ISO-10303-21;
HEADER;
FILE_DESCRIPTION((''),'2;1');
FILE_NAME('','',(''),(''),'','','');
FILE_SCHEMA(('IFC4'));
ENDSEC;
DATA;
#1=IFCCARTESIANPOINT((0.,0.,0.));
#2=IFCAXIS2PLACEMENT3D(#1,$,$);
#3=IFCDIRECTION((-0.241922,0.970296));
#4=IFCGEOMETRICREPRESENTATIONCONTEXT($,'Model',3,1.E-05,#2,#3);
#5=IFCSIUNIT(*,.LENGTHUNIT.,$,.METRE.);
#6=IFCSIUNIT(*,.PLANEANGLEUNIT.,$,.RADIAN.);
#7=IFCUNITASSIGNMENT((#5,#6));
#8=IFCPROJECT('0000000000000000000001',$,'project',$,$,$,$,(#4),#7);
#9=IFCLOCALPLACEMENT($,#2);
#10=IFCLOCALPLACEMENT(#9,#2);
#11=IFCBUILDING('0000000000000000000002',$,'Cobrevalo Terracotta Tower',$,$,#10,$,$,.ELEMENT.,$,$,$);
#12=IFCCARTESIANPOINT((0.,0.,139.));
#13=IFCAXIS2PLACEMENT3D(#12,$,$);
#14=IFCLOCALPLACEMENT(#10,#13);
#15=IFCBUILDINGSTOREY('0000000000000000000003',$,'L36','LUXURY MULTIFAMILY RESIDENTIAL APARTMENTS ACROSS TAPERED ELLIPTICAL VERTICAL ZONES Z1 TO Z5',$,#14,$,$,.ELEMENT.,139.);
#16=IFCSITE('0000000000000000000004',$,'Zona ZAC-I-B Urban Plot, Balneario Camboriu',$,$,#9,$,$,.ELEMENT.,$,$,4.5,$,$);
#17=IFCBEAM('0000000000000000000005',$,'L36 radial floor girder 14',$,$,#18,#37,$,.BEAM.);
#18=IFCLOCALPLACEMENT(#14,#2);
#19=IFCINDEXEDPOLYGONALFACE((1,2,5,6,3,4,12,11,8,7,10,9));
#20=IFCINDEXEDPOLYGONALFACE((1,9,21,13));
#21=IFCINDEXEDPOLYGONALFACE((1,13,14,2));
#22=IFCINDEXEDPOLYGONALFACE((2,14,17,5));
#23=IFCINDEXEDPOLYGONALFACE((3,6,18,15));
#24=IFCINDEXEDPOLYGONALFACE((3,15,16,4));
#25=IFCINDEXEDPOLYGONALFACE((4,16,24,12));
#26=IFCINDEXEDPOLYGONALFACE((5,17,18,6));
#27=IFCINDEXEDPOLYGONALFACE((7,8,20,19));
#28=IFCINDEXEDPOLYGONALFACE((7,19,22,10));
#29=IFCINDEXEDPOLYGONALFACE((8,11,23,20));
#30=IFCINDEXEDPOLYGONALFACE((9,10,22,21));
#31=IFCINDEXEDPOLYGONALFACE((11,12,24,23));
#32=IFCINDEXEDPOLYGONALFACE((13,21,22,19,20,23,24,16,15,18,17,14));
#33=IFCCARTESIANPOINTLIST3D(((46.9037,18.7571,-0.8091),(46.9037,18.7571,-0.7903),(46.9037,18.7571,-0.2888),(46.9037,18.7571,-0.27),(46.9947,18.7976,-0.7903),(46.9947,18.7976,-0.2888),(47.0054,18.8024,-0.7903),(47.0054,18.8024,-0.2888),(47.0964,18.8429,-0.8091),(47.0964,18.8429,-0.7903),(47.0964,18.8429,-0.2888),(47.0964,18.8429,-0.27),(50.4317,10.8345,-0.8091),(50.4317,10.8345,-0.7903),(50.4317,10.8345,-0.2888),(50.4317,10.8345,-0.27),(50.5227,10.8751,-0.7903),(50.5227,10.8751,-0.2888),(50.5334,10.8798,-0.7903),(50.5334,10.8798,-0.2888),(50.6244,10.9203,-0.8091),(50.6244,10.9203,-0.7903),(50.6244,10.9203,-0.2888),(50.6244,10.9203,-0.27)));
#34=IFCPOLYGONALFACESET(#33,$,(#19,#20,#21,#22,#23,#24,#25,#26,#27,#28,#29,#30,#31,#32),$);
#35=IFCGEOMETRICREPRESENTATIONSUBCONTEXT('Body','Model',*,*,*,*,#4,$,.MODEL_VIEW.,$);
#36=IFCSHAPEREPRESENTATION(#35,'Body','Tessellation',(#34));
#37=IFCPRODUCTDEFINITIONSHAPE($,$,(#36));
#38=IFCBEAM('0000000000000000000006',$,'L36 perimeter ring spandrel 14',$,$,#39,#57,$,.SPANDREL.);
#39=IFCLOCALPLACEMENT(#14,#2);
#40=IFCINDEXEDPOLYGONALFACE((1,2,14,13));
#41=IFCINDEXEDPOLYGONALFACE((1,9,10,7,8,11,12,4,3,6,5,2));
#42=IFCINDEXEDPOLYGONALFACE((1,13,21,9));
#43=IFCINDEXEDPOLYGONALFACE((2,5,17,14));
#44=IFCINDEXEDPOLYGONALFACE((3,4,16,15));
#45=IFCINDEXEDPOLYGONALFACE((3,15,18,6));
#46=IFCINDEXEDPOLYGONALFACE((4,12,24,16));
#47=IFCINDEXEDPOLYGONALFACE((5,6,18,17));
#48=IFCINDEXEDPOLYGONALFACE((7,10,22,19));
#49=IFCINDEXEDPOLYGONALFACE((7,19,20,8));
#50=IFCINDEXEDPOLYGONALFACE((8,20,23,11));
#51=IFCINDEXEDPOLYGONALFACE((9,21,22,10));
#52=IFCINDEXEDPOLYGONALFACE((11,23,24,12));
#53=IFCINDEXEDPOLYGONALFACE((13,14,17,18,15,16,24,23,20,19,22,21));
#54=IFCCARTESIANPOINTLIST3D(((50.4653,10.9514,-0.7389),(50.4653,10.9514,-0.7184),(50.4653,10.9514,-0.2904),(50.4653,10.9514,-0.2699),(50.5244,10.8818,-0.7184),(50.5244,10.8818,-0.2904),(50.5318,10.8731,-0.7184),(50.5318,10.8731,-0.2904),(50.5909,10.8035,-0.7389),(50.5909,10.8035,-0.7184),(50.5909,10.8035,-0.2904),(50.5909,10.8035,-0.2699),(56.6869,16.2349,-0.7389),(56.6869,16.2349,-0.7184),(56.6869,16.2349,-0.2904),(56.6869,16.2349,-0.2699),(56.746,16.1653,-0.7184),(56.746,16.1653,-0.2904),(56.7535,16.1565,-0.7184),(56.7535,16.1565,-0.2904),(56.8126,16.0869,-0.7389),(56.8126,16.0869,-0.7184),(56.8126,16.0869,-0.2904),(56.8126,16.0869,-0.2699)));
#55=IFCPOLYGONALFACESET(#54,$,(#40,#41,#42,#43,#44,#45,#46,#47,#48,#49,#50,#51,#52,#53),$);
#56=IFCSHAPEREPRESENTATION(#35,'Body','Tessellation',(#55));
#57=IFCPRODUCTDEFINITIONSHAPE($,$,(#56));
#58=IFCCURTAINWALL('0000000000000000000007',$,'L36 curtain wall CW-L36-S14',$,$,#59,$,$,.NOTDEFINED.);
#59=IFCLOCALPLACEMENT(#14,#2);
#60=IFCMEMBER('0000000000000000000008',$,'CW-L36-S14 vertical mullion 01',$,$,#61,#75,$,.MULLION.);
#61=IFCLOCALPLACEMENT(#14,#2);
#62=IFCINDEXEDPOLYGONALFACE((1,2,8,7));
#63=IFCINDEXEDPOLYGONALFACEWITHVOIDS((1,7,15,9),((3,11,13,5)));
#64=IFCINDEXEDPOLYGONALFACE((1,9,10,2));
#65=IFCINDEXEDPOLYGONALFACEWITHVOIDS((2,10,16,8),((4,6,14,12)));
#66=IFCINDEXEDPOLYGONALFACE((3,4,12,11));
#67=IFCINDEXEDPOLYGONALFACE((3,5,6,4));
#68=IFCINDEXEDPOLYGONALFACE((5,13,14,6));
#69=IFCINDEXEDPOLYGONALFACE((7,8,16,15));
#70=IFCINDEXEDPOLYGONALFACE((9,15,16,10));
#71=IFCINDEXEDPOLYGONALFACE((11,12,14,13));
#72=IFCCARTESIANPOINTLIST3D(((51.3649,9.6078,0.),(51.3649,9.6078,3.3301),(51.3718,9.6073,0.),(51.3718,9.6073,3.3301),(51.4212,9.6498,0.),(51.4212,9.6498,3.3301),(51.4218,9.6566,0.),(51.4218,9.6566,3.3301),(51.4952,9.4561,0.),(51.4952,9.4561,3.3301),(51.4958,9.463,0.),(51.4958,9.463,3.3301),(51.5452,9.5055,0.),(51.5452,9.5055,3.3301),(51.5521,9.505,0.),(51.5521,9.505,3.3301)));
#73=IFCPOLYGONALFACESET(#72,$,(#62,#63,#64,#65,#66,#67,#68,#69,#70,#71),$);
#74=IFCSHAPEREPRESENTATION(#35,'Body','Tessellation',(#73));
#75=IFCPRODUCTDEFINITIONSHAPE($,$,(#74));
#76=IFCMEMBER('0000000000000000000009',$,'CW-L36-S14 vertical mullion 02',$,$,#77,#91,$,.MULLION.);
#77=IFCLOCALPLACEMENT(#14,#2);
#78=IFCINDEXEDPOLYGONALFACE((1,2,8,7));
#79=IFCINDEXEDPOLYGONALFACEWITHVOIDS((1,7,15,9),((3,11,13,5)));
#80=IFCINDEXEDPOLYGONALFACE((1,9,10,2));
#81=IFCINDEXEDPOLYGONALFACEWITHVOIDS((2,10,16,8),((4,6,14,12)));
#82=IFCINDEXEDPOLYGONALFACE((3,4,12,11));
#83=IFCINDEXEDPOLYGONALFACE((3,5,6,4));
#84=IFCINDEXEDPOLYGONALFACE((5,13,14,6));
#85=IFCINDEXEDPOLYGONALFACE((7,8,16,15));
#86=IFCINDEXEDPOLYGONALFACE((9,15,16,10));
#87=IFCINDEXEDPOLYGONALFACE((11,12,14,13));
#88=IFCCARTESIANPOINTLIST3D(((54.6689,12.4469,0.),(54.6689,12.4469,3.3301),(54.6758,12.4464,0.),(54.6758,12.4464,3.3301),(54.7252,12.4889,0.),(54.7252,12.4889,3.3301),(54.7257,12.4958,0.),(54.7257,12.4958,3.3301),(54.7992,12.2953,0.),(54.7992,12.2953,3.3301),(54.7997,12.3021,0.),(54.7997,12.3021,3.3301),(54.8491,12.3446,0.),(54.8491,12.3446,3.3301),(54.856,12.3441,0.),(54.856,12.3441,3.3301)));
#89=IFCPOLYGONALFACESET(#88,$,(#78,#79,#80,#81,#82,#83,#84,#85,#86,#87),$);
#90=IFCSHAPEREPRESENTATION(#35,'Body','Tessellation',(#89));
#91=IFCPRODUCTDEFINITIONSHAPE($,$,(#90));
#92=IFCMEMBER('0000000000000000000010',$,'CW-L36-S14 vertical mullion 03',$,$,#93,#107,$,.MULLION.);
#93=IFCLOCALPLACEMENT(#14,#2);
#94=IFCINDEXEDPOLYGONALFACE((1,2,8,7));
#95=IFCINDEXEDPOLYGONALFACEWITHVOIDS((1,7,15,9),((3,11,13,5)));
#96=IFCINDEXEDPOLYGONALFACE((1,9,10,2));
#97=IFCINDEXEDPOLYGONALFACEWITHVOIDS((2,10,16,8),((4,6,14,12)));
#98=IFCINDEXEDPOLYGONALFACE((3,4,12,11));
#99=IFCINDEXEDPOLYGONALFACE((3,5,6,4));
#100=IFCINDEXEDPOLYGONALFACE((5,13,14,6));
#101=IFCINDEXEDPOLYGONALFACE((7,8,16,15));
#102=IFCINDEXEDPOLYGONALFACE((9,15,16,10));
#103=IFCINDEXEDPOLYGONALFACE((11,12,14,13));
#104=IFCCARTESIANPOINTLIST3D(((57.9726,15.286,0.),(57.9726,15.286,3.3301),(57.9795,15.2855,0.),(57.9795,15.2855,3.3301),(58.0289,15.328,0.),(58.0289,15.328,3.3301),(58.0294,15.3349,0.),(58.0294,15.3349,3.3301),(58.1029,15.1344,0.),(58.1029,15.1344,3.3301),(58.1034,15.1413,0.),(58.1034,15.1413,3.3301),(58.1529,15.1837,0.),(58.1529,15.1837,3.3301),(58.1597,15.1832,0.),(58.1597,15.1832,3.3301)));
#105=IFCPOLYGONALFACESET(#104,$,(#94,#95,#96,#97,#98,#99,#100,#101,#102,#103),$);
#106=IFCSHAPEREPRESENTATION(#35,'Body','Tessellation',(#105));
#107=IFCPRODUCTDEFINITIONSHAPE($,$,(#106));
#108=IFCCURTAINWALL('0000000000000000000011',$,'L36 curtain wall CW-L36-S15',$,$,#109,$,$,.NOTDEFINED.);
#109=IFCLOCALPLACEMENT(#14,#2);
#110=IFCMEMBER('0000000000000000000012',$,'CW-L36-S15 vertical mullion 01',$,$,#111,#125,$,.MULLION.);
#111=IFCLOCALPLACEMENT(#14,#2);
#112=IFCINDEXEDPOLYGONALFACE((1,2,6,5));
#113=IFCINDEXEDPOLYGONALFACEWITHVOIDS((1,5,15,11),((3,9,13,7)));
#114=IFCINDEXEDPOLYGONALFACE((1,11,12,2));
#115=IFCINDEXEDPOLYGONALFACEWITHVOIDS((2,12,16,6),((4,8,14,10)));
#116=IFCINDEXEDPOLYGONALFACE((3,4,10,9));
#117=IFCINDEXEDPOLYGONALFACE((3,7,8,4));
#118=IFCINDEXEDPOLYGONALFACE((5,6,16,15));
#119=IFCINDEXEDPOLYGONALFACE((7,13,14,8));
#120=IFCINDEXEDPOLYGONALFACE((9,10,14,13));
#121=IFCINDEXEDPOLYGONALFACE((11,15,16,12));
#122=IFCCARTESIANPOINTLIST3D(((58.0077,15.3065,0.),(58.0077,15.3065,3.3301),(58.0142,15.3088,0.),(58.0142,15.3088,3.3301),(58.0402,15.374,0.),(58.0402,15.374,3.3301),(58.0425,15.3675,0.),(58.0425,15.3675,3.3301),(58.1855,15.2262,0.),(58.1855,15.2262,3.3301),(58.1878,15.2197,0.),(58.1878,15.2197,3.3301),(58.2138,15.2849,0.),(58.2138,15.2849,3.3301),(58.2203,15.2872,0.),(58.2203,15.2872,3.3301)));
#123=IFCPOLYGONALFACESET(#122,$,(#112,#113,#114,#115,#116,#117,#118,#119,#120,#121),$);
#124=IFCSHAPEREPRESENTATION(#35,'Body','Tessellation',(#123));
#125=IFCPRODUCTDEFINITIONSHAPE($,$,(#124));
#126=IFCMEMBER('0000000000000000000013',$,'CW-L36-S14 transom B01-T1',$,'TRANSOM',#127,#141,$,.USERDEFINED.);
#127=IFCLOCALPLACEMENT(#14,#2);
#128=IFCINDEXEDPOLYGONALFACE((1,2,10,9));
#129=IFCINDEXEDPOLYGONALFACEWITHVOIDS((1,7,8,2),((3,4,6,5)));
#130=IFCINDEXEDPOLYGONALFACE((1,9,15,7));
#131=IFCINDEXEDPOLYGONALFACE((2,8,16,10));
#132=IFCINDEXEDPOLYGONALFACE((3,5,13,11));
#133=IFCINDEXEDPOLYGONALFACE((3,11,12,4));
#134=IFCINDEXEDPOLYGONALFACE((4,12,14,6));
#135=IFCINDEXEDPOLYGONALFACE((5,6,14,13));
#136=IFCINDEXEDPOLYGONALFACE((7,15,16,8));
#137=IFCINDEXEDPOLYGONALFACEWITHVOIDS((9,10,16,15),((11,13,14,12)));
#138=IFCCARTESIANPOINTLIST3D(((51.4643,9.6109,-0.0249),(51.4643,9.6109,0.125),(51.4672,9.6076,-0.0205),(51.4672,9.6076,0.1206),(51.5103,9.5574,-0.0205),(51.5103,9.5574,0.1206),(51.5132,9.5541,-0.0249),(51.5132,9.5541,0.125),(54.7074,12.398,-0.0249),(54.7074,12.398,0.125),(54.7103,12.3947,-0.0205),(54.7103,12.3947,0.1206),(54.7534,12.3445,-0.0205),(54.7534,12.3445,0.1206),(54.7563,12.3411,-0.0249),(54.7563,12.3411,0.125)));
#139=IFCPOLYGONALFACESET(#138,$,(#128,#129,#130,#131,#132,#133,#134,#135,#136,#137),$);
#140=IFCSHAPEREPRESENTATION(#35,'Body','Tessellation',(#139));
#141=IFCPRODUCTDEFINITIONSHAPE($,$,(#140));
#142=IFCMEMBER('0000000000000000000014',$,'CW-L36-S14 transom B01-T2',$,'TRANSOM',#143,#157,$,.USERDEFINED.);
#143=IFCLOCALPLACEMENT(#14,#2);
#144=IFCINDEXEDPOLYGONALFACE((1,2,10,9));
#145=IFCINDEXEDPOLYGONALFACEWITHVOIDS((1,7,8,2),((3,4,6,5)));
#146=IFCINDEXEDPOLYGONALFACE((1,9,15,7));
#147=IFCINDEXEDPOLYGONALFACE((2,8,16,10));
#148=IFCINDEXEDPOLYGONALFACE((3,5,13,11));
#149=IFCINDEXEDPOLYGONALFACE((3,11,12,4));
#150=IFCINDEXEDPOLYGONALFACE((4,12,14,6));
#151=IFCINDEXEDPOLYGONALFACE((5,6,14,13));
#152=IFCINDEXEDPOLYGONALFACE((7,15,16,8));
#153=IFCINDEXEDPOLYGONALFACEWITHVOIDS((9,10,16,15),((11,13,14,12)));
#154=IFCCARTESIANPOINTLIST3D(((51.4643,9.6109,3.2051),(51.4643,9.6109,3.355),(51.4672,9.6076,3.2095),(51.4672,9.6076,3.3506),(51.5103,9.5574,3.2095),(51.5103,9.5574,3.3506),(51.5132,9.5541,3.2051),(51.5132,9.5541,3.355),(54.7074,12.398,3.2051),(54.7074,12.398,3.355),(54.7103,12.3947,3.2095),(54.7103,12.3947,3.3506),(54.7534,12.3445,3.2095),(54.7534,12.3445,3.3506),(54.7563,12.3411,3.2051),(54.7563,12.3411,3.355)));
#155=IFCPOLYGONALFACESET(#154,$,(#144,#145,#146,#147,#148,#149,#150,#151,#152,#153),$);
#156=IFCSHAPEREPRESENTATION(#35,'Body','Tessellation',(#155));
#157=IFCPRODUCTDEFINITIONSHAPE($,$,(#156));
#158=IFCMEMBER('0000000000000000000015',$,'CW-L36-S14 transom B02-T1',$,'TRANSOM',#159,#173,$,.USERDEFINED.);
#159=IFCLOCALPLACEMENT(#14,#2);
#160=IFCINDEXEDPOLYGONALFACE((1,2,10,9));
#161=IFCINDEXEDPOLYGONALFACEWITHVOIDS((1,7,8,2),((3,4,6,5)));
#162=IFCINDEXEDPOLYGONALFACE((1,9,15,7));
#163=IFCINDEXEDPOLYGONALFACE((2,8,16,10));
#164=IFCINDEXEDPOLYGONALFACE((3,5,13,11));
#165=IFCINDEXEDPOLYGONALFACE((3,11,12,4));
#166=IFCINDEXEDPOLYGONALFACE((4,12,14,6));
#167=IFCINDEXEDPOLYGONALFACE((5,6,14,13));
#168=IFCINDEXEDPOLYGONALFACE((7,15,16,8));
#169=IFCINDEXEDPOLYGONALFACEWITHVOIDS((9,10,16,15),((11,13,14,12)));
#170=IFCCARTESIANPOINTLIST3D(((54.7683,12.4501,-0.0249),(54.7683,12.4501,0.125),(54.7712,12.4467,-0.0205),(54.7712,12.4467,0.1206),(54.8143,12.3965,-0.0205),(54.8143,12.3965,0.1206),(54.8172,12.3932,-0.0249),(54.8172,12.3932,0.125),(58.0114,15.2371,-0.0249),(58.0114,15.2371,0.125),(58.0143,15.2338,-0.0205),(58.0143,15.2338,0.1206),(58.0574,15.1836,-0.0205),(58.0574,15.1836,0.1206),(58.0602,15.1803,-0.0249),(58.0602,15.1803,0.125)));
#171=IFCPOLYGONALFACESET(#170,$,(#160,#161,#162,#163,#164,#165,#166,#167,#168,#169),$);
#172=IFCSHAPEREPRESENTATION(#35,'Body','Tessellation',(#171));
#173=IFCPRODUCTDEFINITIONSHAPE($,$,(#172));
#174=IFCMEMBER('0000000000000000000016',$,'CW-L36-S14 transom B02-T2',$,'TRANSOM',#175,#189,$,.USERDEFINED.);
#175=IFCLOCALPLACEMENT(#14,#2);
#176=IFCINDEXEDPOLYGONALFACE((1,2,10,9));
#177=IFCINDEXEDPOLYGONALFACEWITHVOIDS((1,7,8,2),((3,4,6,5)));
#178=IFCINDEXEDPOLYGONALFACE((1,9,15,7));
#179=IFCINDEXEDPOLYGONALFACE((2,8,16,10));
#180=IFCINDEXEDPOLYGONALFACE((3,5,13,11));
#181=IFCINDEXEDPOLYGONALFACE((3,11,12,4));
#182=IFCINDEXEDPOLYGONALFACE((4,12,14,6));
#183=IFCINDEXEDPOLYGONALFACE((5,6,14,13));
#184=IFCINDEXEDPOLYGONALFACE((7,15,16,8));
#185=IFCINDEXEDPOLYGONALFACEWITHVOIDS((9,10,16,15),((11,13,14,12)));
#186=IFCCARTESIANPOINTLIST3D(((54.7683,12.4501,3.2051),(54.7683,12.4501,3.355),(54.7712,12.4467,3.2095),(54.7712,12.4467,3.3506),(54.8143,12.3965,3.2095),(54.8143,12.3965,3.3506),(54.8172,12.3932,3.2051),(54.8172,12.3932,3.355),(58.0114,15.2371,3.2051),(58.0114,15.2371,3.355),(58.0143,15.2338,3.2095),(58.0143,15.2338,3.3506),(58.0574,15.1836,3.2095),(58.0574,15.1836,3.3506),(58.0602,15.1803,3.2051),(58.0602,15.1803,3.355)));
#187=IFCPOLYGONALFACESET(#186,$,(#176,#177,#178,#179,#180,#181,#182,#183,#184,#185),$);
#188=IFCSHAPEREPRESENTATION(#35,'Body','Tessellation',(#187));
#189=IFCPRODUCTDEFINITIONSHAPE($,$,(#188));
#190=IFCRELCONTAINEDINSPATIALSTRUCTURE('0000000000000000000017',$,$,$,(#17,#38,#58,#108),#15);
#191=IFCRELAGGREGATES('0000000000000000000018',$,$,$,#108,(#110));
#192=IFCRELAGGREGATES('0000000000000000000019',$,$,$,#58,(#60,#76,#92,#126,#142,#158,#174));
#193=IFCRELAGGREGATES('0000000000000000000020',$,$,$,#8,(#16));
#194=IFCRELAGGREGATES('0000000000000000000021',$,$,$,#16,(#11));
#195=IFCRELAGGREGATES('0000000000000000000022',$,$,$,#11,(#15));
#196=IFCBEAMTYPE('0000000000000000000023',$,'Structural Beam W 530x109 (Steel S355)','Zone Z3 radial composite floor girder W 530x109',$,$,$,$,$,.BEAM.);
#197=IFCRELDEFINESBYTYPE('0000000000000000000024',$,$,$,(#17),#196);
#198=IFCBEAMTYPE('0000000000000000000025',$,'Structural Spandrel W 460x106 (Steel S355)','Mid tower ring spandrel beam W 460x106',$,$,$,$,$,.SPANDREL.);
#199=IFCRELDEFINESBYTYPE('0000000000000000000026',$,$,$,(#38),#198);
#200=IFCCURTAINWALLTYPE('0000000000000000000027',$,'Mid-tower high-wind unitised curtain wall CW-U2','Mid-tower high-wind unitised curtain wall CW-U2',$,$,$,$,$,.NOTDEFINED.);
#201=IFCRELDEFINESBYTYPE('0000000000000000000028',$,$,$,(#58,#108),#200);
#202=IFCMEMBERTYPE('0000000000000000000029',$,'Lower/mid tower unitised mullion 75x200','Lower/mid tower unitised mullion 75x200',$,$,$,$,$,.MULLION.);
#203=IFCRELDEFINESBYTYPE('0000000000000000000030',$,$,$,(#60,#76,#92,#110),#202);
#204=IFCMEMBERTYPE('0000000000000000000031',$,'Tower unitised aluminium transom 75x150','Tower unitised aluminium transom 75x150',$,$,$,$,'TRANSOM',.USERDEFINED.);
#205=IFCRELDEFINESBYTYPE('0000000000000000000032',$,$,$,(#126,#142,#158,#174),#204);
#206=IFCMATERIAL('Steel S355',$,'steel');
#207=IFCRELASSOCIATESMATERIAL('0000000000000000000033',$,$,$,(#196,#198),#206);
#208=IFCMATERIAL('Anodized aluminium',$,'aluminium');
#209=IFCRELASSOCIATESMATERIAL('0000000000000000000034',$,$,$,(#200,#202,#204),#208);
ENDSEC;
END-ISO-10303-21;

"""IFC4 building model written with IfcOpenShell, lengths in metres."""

from ifc_helpers import new_model, si_unit, direction, frame, origin, origin_2d, place, context, subcontext, project, spatial, hollow_rectangle, i_section, extrude, source, transform, mapped, material, material_profile, profile_set, type_object, element, aggregate, save


model = new_model("IFC4")

# Units and contexts
model_context = context("Model", 3, precision=1e-05, world=origin(), true_north=direction((-0.241922, 0.970296)))
body_context = subcontext(model_context, "Body", "Model", "MODEL_VIEW")
ifc_project = project(units=[si_unit("LENGTHUNIT", "METRE"), si_unit("PLANEANGLEUNIT", "RADIAN")], contexts=[model_context])

# Site, building, storey
site_placement = place(None, origin())
site = spatial("IfcSite", under=ifc_project, at=site_placement, Name="Zona ZAC-I-B Urban Plot, Balneario Camboriu", CompositionType="ELEMENT", RefElevation=4.5)
building_placement = place(site_placement, origin())
building = spatial("IfcBuilding", under=site, at=building_placement, Name="Cobrevalo Terracotta Tower", CompositionType="ELEMENT")
storey_placement = place(building_placement, frame((0.0, 0.0, 139.0)))
storey = spatial("IfcBuildingStorey", under=building, at=storey_placement, Name="L36", Description="LUXURY MULTIFAMILY RESIDENTIAL APARTMENTS ACROSS TAPERED ELLIPTICAL VERTICAL ZONES Z1 TO Z5", CompositionType="ELEMENT", Elevation=139.0)

# Shared definitions
ifc_material_1 = material(Name="Steel S355", Category="steel")

# Beams
ifc_material_profile_1 = material_profile(ifc_material_1, i_section(OverallWidth=0.2109, OverallDepth=0.5391, WebThickness=0.0117, FlangeThickness=0.0188, at=origin_2d()), Name="W 530x109")
ifc_profile_set_1 = profile_set([ifc_material_profile_1], Name="Steel S355")
beam_type_1 = type_object("IfcBeamType", Name="Structural Beam W 530x109 (Steel S355)", Description="Zone Z3 radial composite floor girder W 530x109", PredefinedType="BEAM", material=ifc_profile_set_1)
beam_1_placement = place(storey_placement, frame((50.5281, 10.8774, -0.5396), z_axis=(-0.406804, 0.913515, 0.0), x_axis=(-0.913515, -0.406804, 0.0)))
element("IfcBeam", 1, at=beam_1_placement, inside=storey, type_object=beam_type_1, Name="L36 radial floor girder 14", PredefinedType="BEAM", context=body_context, shape_type="SweptSolid", body=[
    extrude(i_section(OverallWidth=0.2109, OverallDepth=0.5391, WebThickness=0.0117, FlangeThickness=0.0188, at=origin_2d()), origin(), (0.0, 0.0, 1.0), 8.6726),
])
ifc_material_profile_2 = material_profile(ifc_material_1, i_section(OverallWidth=0.1941, OverallDepth=0.469, WebThickness=0.0115, FlangeThickness=0.0205, at=origin_2d()), Name="W 460x106")
ifc_profile_set_2 = profile_set([ifc_material_profile_2], Name="Steel S355")
beam_type_2 = type_object("IfcBeamType", Name="Structural Spandrel W 460x106 (Steel S355)", Description="Mid tower ring spandrel beam W 460x106", PredefinedType="SPANDREL", material=ifc_profile_set_2)
beam_2_placement = place(storey_placement, frame((50.5281, 10.8774, -0.5044), z_axis=(0.76224, 0.647294, 0.0), x_axis=(-0.647294, 0.76224, 0.0)))
element("IfcBeam", 2, at=beam_2_placement, inside=storey, type_object=beam_type_2, Name="L36 perimeter ring spandrel 14", PredefinedType="SPANDREL", context=body_context, shape_type="SweptSolid", body=[
    extrude(i_section(OverallWidth=0.1941, OverallDepth=0.469, WebThickness=0.0115, FlangeThickness=0.0205, at=origin_2d()), origin(), (0.0, 0.0, 1.0), 8.1624),
])

# Curtain wall, members
ifc_material_2 = material(Name="Anodized aluminium", Category="aluminium")
curtain_wall_type = type_object("IfcCurtainWallType", Name="Mid-tower high-wind unitised curtain wall CW-U2", Description="Mid-tower high-wind unitised curtain wall CW-U2", PredefinedType="NOTDEFINED", material=ifc_material_2)
curtain_wall_1_placement = place(storey_placement, origin())
curtain_wall_1 = element("IfcCurtainWall", 3, at=curtain_wall_1_placement, inside=storey, type_object=curtain_wall_type, Name="L36 curtain wall CW-L36-S14", PredefinedType="NOTDEFINED")
ifc_material_profile_3 = material_profile(ifc_material_2, hollow_rectangle(XDim=0.075, YDim=0.2, WallThickness=0.0049, at=origin_2d()), Name="CWM 75x200")
ifc_profile_set_3 = profile_set([ifc_material_profile_3], Name="Anodized aluminium")
member_type_1 = type_object("IfcMemberType", Name="Lower/mid tower unitised mullion 75x200", Description="Lower/mid tower unitised mullion 75x200", PredefinedType="MULLION", material=ifc_profile_set_3)
shared_shape_1 = source(origin(), body_context, "Body", "SweptSolid", [
    extrude(hollow_rectangle(XDim=0.075, YDim=0.2, WallThickness=0.0049, at=origin_2d()), origin(), (0.0, 0.0, 1.0), 3.3301),
])
member_1_placement = place(storey_placement, frame((51.4585, 9.5564, 0.0), z_axis=(0.0, 0.0, 1.0), x_axis=(0.758442, 0.651741, 0.0)))
member_1 = element("IfcMember", 4, at=member_1_placement, type_object=member_type_1, Name="CW-L36-S14 vertical mullion 01", PredefinedType="MULLION", context=body_context, shape_type="MappedRepresentation", body=[
    mapped(shared_shape_1, transform((0.0, 0.0, 0.0), scale=1.0)),
])
member_2_placement = place(storey_placement, frame((54.7625, 12.3955, 0.0), z_axis=(0.0, 0.0, 1.0), x_axis=(0.758442, 0.651741, 0.0)))
member_2 = element("IfcMember", 5, at=member_2_placement, type_object=member_type_1, Name="CW-L36-S14 vertical mullion 02", PredefinedType="MULLION", context=body_context, shape_type="MappedRepresentation", body=[
    mapped(shared_shape_1, transform((0.0, 0.0, 0.0), scale=1.0)),
])
member_3_placement = place(storey_placement, frame((58.0662, 15.2346, 0.0), z_axis=(0.0, 0.0, 1.0), x_axis=(0.758442, 0.651741, 0.0)))
member_3 = element("IfcMember", 6, at=member_3_placement, type_object=member_type_1, Name="CW-L36-S14 vertical mullion 03", PredefinedType="MULLION", context=body_context, shape_type="MappedRepresentation", body=[
    mapped(shared_shape_1, transform((0.0, 0.0, 0.0), scale=1.0)),
])

# Curtain wall, member
curtain_wall_2_placement = place(storey_placement, origin())
curtain_wall_2 = element("IfcCurtainWall", 7, at=curtain_wall_2_placement, inside=storey, type_object=curtain_wall_type, Name="L36 curtain wall CW-L36-S15", PredefinedType="NOTDEFINED")
member_4_placement = place(storey_placement, frame((58.114, 15.2969, 0.0), z_axis=(0.0, 0.0, 1.0), x_axis=(0.434209, 0.900812, 0.0)))
member_4 = element("IfcMember", 8, at=member_4_placement, type_object=member_type_1, Name="CW-L36-S15 vertical mullion 01", PredefinedType="MULLION", context=body_context, shape_type="MappedRepresentation", body=[
    mapped(shared_shape_1, transform((0.0, 0.0, 0.0), scale=1.0)),
])

# Members
ifc_material_profile_4 = material_profile(ifc_material_2, hollow_rectangle(XDim=0.075, YDim=0.1499, WallThickness=0.0044, at=origin_2d()), Name="CWT 75x150")
ifc_profile_set_4 = profile_set([ifc_material_profile_4], Name="Anodized aluminium")
member_type_2 = type_object("IfcMemberType", Name="Tower unitised aluminium transom 75x150", Description="Tower unitised aluminium transom 75x150", ElementType="TRANSOM", PredefinedType="USERDEFINED", material=ifc_profile_set_4)
shared_shape_2 = source(origin(), body_context, "Body", "SweptSolid", [
    extrude(hollow_rectangle(XDim=0.075, YDim=0.1499, WallThickness=0.0044, at=origin_2d()), origin(), (0.0, 0.0, 1.0), 4.2761),
])
member_5_placement = place(storey_placement, frame((51.4888, 9.5825, 0.05), z_axis=(0.758418, 0.651769, 0.0), x_axis=(-0.651769, 0.758418, 0.0)))
member_5 = element("IfcMember", 9, at=member_5_placement, type_object=member_type_2, Name="CW-L36-S14 transom B01-T1", ObjectType="TRANSOM", PredefinedType="USERDEFINED", context=body_context, shape_type="MappedRepresentation", body=[
    mapped(shared_shape_2, transform((0.0, 0.0, 0.0), scale=1.0)),
])
member_6_placement = place(storey_placement, frame((51.4888, 9.5825, 3.28), z_axis=(0.758418, 0.651769, 0.0), x_axis=(-0.651769, 0.758418, 0.0)))
member_6 = element("IfcMember", 10, at=member_6_placement, type_object=member_type_2, Name="CW-L36-S14 transom B01-T2", ObjectType="TRANSOM", PredefinedType="USERDEFINED", context=body_context, shape_type="MappedRepresentation", body=[
    mapped(shared_shape_2, transform((0.0, 0.0, 0.0), scale=1.0)),
])
member_7_placement = place(storey_placement, frame((54.7927, 12.4216, 0.05), z_axis=(0.758418, 0.651769, 0.0), x_axis=(-0.651769, 0.758418, 0.0)))
member_7 = element("IfcMember", 11, at=member_7_placement, type_object=member_type_2, Name="CW-L36-S14 transom B02-T1", ObjectType="TRANSOM", PredefinedType="USERDEFINED", context=body_context, shape_type="MappedRepresentation", body=[
    mapped(shared_shape_2, transform((0.0, 0.0, 0.0), scale=1.0)),
])
member_8_placement = place(storey_placement, frame((54.7927, 12.4216, 3.28), z_axis=(0.758418, 0.651769, 0.0), x_axis=(-0.651769, 0.758418, 0.0)))
member_8 = element("IfcMember", 12, at=member_8_placement, type_object=member_type_2, Name="CW-L36-S14 transom B02-T2", ObjectType="TRANSOM", PredefinedType="USERDEFINED", context=body_context, shape_type="MappedRepresentation", body=[
    mapped(shared_shape_2, transform((0.0, 0.0, 0.0), scale=1.0)),
])
aggregate(curtain_wall_2, [member_4])

aggregate(curtain_wall_1, [member_1, member_2, member_3, member_5, member_6, member_7, member_8])

save(model, "model.ifc")
